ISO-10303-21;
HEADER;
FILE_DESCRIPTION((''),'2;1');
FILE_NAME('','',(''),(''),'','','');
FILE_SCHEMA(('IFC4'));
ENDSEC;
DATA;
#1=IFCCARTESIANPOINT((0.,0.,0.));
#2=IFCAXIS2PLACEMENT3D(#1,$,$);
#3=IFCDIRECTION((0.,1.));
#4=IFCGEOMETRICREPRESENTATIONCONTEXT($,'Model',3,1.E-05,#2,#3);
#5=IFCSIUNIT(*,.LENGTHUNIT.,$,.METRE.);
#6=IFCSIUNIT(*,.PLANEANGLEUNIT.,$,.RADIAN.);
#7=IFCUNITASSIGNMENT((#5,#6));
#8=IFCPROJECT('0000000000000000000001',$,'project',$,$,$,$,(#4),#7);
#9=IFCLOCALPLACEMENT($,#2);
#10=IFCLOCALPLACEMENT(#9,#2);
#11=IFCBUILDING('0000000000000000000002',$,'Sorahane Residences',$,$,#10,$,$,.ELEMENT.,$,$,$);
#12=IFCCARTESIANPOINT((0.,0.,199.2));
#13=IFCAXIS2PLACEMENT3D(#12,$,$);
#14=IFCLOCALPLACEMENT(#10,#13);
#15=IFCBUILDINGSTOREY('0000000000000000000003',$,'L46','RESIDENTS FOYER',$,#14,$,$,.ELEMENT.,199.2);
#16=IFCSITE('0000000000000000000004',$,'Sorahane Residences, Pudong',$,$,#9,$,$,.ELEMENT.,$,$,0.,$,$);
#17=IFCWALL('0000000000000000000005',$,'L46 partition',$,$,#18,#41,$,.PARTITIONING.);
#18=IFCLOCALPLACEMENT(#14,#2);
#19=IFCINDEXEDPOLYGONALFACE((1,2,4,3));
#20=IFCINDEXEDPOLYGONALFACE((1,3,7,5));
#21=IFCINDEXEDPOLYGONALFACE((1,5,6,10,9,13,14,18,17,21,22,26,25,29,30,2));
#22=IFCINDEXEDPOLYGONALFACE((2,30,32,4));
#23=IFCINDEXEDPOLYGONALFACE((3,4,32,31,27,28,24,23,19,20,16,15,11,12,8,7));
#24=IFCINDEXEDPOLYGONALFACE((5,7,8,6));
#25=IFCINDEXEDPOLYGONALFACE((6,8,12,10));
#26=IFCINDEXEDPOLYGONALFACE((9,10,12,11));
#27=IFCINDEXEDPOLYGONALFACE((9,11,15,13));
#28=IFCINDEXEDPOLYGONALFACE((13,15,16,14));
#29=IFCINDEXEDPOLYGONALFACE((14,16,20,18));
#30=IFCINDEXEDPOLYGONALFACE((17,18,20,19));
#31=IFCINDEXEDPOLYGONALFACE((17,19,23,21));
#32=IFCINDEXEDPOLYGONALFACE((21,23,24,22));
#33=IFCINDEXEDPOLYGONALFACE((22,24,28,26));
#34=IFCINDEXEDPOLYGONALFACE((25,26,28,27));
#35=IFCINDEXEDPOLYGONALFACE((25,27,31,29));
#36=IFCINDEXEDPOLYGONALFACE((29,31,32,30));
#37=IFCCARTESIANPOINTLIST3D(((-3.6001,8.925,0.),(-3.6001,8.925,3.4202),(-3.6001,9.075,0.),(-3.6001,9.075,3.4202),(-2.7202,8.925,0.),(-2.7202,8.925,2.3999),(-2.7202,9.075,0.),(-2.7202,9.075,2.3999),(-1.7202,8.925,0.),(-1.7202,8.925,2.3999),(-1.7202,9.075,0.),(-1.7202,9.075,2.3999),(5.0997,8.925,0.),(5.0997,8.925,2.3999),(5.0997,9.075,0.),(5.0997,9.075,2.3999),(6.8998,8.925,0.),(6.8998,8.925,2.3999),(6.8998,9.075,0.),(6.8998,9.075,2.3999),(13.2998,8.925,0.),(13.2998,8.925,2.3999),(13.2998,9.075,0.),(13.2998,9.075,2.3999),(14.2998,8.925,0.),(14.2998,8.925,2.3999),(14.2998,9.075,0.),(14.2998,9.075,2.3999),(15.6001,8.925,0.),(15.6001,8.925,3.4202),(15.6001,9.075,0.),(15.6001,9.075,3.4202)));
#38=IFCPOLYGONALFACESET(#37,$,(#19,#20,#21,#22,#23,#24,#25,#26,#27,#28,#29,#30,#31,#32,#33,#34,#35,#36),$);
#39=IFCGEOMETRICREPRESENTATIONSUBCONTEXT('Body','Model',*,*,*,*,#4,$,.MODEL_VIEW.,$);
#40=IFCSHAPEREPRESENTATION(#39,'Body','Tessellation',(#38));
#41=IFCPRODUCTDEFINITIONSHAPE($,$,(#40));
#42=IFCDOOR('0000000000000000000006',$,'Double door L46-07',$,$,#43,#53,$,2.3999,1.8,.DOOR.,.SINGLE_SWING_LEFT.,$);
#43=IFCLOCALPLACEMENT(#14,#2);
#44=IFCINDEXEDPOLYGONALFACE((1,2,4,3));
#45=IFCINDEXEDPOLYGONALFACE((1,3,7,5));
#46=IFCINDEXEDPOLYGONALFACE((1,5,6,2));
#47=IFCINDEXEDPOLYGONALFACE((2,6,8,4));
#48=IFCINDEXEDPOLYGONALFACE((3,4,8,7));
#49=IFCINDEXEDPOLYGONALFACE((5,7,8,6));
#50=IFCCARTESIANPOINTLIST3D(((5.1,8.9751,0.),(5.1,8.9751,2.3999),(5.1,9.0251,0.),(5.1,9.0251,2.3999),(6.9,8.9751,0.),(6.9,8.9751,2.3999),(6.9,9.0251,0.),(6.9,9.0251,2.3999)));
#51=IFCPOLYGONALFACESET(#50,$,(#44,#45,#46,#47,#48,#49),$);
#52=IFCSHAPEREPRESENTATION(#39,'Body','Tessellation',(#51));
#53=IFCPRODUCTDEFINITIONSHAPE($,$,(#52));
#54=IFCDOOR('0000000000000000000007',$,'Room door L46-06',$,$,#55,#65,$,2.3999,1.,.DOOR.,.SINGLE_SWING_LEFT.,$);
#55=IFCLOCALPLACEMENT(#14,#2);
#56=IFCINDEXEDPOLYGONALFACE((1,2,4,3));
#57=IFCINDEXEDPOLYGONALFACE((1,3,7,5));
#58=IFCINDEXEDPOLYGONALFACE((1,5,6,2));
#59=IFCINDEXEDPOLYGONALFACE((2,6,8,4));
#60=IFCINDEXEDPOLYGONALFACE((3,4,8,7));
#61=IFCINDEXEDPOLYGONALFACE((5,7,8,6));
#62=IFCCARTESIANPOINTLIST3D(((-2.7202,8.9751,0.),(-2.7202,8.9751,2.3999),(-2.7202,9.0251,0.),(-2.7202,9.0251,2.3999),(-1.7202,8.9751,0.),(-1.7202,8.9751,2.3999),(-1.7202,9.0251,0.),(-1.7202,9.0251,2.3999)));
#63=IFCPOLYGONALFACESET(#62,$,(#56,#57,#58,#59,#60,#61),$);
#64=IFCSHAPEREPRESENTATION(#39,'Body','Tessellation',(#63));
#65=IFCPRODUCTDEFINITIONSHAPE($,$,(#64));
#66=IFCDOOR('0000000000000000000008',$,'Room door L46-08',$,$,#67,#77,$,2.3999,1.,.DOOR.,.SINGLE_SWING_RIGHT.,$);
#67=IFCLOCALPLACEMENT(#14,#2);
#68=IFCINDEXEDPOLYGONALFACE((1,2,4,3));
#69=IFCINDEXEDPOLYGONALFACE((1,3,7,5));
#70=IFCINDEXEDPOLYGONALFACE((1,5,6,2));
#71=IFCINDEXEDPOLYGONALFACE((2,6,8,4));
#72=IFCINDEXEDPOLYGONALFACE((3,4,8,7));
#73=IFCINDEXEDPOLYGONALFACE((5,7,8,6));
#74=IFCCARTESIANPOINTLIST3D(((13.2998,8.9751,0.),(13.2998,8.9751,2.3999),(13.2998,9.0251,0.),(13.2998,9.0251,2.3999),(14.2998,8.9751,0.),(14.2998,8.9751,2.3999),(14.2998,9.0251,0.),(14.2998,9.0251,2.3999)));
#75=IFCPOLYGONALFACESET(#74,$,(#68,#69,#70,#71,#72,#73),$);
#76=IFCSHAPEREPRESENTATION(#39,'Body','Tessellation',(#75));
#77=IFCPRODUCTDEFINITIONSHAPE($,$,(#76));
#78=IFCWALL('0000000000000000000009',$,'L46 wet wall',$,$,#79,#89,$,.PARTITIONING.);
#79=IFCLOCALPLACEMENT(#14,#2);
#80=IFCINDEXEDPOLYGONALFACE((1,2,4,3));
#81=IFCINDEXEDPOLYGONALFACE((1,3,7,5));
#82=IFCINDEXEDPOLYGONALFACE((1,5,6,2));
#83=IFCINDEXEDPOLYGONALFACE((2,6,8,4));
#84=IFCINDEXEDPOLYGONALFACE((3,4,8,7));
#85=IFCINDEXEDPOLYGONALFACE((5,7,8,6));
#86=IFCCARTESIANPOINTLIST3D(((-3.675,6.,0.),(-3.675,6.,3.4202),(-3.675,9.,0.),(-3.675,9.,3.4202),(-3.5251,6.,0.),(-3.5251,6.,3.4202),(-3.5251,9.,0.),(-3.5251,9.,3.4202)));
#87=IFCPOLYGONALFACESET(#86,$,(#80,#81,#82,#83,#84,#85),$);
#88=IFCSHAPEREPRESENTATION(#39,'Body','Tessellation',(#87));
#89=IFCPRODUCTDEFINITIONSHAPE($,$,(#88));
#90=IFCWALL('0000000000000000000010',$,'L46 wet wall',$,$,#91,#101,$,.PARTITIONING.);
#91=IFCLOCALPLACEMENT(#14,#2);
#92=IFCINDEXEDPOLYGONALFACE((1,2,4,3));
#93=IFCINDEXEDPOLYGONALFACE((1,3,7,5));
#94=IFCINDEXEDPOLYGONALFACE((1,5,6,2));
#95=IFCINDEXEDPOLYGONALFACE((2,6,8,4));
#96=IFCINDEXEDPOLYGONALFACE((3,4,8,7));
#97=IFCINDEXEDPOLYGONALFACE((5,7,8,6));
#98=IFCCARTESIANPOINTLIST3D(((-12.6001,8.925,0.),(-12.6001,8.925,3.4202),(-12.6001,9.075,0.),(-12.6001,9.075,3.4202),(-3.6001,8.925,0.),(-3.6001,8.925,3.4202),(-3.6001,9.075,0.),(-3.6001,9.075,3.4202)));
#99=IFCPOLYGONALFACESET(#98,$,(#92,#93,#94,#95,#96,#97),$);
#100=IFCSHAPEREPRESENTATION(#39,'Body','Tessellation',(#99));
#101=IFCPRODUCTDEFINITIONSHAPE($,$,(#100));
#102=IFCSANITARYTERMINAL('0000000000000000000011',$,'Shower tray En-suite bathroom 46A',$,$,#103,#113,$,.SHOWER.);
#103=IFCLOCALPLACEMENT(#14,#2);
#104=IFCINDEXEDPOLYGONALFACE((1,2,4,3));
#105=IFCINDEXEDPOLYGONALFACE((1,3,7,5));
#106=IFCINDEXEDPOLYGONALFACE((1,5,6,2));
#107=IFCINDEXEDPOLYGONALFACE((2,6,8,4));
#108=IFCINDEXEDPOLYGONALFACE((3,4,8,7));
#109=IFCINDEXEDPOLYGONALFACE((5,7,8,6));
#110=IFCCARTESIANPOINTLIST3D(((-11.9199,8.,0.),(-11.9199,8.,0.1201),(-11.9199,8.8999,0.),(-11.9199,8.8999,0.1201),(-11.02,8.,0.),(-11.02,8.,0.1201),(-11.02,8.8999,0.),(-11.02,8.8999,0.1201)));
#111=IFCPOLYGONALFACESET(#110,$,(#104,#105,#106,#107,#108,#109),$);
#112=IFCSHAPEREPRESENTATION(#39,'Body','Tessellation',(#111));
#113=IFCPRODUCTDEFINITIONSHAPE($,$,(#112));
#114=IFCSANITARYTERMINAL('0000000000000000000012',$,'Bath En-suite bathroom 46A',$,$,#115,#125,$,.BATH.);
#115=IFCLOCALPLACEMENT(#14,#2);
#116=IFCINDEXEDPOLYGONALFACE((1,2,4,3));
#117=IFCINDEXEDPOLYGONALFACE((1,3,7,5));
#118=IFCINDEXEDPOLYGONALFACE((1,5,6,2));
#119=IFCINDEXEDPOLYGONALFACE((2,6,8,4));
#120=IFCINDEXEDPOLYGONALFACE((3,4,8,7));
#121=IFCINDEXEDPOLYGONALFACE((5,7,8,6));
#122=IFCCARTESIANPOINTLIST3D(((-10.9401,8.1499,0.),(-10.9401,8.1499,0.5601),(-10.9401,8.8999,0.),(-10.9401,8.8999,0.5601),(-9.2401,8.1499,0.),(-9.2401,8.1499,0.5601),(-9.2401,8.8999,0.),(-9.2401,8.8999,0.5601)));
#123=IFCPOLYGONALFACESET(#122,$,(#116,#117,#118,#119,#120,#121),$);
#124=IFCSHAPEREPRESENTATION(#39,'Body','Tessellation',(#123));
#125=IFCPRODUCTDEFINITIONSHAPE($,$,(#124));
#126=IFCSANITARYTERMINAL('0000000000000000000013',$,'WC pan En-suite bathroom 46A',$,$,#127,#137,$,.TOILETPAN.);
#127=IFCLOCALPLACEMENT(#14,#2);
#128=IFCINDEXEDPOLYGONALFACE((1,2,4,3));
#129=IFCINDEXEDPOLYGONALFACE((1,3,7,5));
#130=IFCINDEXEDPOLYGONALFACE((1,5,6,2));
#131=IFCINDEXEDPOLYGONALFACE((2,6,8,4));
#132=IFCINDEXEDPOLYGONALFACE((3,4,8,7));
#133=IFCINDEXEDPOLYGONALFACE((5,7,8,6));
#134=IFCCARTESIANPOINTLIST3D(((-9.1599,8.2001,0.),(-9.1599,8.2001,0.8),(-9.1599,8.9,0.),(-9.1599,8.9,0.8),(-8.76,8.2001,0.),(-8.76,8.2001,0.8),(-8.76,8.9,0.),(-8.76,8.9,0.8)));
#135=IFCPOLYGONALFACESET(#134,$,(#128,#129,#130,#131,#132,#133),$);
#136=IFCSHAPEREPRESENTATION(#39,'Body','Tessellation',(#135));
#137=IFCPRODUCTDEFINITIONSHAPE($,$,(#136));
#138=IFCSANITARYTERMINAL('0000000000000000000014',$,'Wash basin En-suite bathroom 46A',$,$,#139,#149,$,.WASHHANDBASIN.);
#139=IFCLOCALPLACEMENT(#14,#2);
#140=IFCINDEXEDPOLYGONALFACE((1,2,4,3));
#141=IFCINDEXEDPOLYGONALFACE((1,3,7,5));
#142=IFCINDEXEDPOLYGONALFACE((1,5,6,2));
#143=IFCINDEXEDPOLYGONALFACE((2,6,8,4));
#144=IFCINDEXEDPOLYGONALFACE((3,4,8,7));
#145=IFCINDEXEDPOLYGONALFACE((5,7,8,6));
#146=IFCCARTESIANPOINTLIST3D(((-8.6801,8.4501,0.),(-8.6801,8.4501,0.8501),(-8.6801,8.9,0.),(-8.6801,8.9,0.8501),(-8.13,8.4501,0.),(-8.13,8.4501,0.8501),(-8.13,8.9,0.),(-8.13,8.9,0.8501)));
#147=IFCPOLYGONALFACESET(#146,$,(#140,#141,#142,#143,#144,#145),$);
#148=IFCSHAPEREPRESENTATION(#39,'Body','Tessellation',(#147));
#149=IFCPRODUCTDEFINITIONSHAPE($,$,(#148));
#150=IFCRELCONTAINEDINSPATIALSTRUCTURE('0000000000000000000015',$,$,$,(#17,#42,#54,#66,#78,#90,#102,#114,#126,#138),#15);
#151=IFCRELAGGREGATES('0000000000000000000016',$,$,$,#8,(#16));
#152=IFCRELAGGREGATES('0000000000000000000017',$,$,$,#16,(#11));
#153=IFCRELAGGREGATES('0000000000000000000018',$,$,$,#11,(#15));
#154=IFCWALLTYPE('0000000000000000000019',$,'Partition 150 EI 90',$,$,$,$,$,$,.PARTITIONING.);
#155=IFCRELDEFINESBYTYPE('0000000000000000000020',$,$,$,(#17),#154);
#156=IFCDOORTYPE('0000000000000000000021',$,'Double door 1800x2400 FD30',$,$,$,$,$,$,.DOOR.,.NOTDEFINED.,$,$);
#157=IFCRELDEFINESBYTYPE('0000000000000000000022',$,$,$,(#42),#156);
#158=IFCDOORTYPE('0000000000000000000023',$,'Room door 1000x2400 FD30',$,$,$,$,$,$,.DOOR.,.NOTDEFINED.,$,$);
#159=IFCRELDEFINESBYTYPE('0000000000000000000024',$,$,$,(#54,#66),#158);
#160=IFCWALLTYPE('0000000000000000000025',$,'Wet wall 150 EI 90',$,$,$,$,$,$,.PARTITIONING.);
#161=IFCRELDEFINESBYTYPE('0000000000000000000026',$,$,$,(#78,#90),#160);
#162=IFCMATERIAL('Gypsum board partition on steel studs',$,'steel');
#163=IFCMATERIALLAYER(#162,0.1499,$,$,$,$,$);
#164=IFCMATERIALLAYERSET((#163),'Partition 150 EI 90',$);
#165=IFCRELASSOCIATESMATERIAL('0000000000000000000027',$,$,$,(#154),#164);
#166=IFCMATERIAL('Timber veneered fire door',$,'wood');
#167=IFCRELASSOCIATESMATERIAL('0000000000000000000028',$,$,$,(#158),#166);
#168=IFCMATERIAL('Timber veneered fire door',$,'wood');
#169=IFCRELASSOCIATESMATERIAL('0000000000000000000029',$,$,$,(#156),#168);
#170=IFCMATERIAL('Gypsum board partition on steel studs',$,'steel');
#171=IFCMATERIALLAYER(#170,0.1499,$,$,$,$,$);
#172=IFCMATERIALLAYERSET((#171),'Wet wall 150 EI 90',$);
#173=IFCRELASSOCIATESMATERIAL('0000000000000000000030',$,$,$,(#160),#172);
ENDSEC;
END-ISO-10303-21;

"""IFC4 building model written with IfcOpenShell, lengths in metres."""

from ifc_helpers import new_model, si_unit, direction, frame, frame_2d, origin, origin_2d, place, context, subcontext, project, spatial, rectangle, extrude, material, layer, layer_set, type_object, element, fill, save


model = new_model("IFC4")

# Units and contexts
model_context = context("Model", 3, precision=1e-05, world=origin(), true_north=direction((0.0, 1.0)))
body_context = subcontext(model_context, "Body", "Model", "MODEL_VIEW")
ifc_project = project(units=[si_unit("LENGTHUNIT", "METRE"), si_unit("PLANEANGLEUNIT", "RADIAN")], contexts=[model_context])

# Site, building, storey
site_placement = place(None, origin())
site = spatial("IfcSite", under=ifc_project, at=site_placement, Name="Sorahane Residences, Pudong", CompositionType="ELEMENT", RefElevation=0.0)
building_placement = place(site_placement, origin())
building = spatial("IfcBuilding", under=site, at=building_placement, Name="Sorahane Residences", CompositionType="ELEMENT")
storey_placement = place(building_placement, frame((0.0, 0.0, 199.2)))
storey = spatial("IfcBuildingStorey", under=building, at=storey_placement, Name="L46", Description="RESIDENTS FOYER", CompositionType="ELEMENT", Elevation=199.2)

# Shared definitions
ifc_material_1 = material(Name="Gypsum board partition on steel studs", Category="steel")
ifc_layer_1 = layer(ifc_material_1, 0.1499)
ifc_layer_set_1 = layer_set([ifc_layer_1], Name="Partition 150 EI 90")
wall_type_1 = type_object("IfcWallType", Name="Partition 150 EI 90", PredefinedType="PARTITIONING", material=ifc_layer_set_1)

# Wall, openings, doors
ifc_material_2 = material(Name="Timber veneered fire door", Category="wood")
door_type_1 = type_object("IfcDoorType", Name="Room door 1000x2400 FD30", OperationType="NOTDEFINED", PredefinedType="DOOR", material=ifc_material_2)
ifc_material_3 = material(Name="Timber veneered fire door", Category="wood")
door_type_2 = type_object("IfcDoorType", Name="Double door 1800x2400 FD30", OperationType="NOTDEFINED", PredefinedType="DOOR", material=ifc_material_3)
wall_1_placement = place(storey_placement, frame((-3.6001, 9.0, 0.0), z_axis=(0.0, 0.0, 1.0), x_axis=(1.0, 0.0, 0.0)))
wall_1 = element("IfcWall", 1, at=wall_1_placement, inside=storey, type_object=wall_type_1, Name="L46 partition", PredefinedType="PARTITIONING", context=body_context, shape_type="SweptSolid", body=[
    extrude(rectangle(XDim=19.2002, YDim=0.1499, at=frame_2d((9.6001, 0.0))), origin(), (0.0, 0.0, 1.0), 3.4202),
])
opening_1_placement = place(wall_1_placement, frame((0.8799, 0.0, 0.0)))
opening_1 = element("IfcOpeningElement", 2, at=opening_1_placement, cuts=wall_1, PredefinedType="OPENING", context=body_context, shape_type="SweptSolid", body=[
    extrude(rectangle(XDim=1.0, YDim=2.3999, at=frame_2d((0.5, 1.2))), frame((0.0, 0.085, 0.0), z_axis=(0.0, -1.0, 0.0), x_axis=(1.0, 0.0, 0.0)), (0.0, 0.0, 1.0), 0.1699),
])
opening_2_placement = place(wall_1_placement, frame((8.7, 0.0, 0.0)))
opening_2 = element("IfcOpeningElement", 3, at=opening_2_placement, cuts=wall_1, PredefinedType="OPENING", context=body_context, shape_type="SweptSolid", body=[
    extrude(rectangle(XDim=1.8, YDim=2.3999, at=frame_2d((0.8999, 1.2))), frame((0.0, 0.085, 0.0), z_axis=(0.0, -1.0, 0.0), x_axis=(1.0, 0.0, 0.0)), (0.0, 0.0, 1.0), 0.1699),
])
opening_3_placement = place(wall_1_placement, frame((16.8999, 0.0, 0.0)))
opening_3 = element("IfcOpeningElement", 4, at=opening_3_placement, cuts=wall_1, PredefinedType="OPENING", context=body_context, shape_type="SweptSolid", body=[
    extrude(rectangle(XDim=1.0, YDim=2.3999, at=frame_2d((0.5, 1.2))), frame((0.0, 0.085, 0.0), z_axis=(0.0, -1.0, 0.0), x_axis=(1.0, 0.0, 0.0)), (0.0, 0.0, 1.0), 0.1699),
])
door_1_placement = place(opening_2_placement, frame((1.8, 0.0, 0.0), z_axis=(0.0, 0.0, 1.0), x_axis=(-1.0, 0.0, 0.0)))
door_1 = element("IfcDoor", 5, at=door_1_placement, inside=storey, type_object=door_type_2, Name="Double door L46-07", OperationType="SINGLE_SWING_LEFT", OverallHeight=2.3999, OverallWidth=1.8, PredefinedType="DOOR", context=body_context, shape_type="SweptSolid", body=[
    extrude(rectangle(XDim=1.8, YDim=2.3999, at=frame_2d((0.8999, 1.2))), frame((0.0, 0.0249, 0.0), z_axis=(0.0, -1.0, 0.0), x_axis=(1.0, 0.0, 0.0)), (0.0, 0.0, 1.0), 0.05),
])
fill(opening_2, door_1)
door_2_placement = place(opening_1_placement, frame((1.0, 0.0, 0.0), z_axis=(0.0, 0.0, 1.0), x_axis=(-1.0, 0.0, 0.0)))
door_2 = element("IfcDoor", 6, at=door_2_placement, inside=storey, type_object=door_type_1, Name="Room door L46-06", OperationType="SINGLE_SWING_LEFT", OverallHeight=2.3999, OverallWidth=1.0, PredefinedType="DOOR", context=body_context, shape_type="SweptSolid", body=[
    extrude(rectangle(XDim=1.0, YDim=2.3999, at=frame_2d((0.5, 1.2))), frame((0.0, 0.0249, 0.0), z_axis=(0.0, -1.0, 0.0), x_axis=(1.0, 0.0, 0.0)), (0.0, 0.0, 1.0), 0.05),
])
fill(opening_1, door_2)
door_3_placement = place(opening_3_placement, frame((1.0, 0.0, 0.0), z_axis=(0.0, 0.0, 1.0), x_axis=(-1.0, 0.0, 0.0)))
door_3 = element("IfcDoor", 7, at=door_3_placement, inside=storey, type_object=door_type_1, Name="Room door L46-08", OperationType="SINGLE_SWING_RIGHT", OverallHeight=2.3999, OverallWidth=1.0, PredefinedType="DOOR", context=body_context, shape_type="SweptSolid", body=[
    extrude(rectangle(XDim=1.0, YDim=2.3999, at=frame_2d((0.5, 1.2))), frame((0.0, 0.0249, 0.0), z_axis=(0.0, -1.0, 0.0), x_axis=(1.0, 0.0, 0.0)), (0.0, 0.0, 1.0), 0.05),
])
fill(opening_3, door_3)

# Walls
ifc_material_4 = material(Name="Gypsum board partition on steel studs", Category="steel")
ifc_layer_2 = layer(ifc_material_4, 0.1499)
ifc_layer_set_2 = layer_set([ifc_layer_2], Name="Wet wall 150 EI 90")
wall_type_2 = type_object("IfcWallType", Name="Wet wall 150 EI 90", PredefinedType="PARTITIONING", material=ifc_layer_set_2)
wall_2_placement = place(storey_placement, frame((-3.6001, 6.0, 0.0), z_axis=(0.0, 0.0, 1.0), x_axis=(0.0, 1.0, 0.0)))
element("IfcWall", 8, at=wall_2_placement, inside=storey, type_object=wall_type_2, Name="L46 wet wall", PredefinedType="PARTITIONING", context=body_context, shape_type="SweptSolid", body=[
    extrude(rectangle(XDim=3.0, YDim=0.1499, at=frame_2d((1.5, 0.0))), origin(), (0.0, 0.0, 1.0), 3.4202),
])
wall_3_placement = place(storey_placement, frame((-12.6001, 9.0, 0.0), z_axis=(0.0, 0.0, 1.0), x_axis=(1.0, 0.0, 0.0)))
element("IfcWall", 9, at=wall_3_placement, inside=storey, type_object=wall_type_2, Name="L46 wet wall", PredefinedType="PARTITIONING", context=body_context, shape_type="SweptSolid", body=[
    extrude(rectangle(XDim=9.0, YDim=0.1499, at=frame_2d((4.5, 0.0))), origin(), (0.0, 0.0, 1.0), 3.4202),
])

# Sanitary terminals
sanitary_terminal_1_placement = place(storey_placement, frame((-11.47, 8.45, 0.0), z_axis=(0.0, 0.0, 1.0), x_axis=(1.0, 0.0, 0.0)))
element("IfcSanitaryTerminal", 10, at=sanitary_terminal_1_placement, inside=storey, Name="Shower tray En-suite bathroom 46A", PredefinedType="SHOWER", context=body_context, shape_type="SweptSolid", body=[
    extrude(rectangle(XDim=0.8999, YDim=0.8999, at=origin_2d()), origin(), (0.0, 0.0, 1.0), 0.1201),
])
sanitary_terminal_2_placement = place(storey_placement, frame((-10.0901, 8.5249, 0.0), z_axis=(0.0, 0.0, 1.0), x_axis=(1.0, 0.0, 0.0)))
element("IfcSanitaryTerminal", 11, at=sanitary_terminal_2_placement, inside=storey, Name="Bath En-suite bathroom 46A", PredefinedType="BATH", context=body_context, shape_type="SweptSolid", body=[
    extrude(rectangle(XDim=1.7, YDim=0.75, at=origin_2d()), origin(), (0.0, 0.0, 1.0), 0.5601),
])
sanitary_terminal_3_placement = place(storey_placement, frame((-8.96, 8.55, 0.0), z_axis=(0.0, 0.0, 1.0), x_axis=(1.0, 0.0, 0.0)))
element("IfcSanitaryTerminal", 12, at=sanitary_terminal_3_placement, inside=storey, Name="WC pan En-suite bathroom 46A", PredefinedType="TOILETPAN", context=body_context, shape_type="SweptSolid", body=[
    extrude(rectangle(XDim=0.3999, YDim=0.7, at=origin_2d()), origin(), (0.0, 0.0, 1.0), 0.8),
])
sanitary_terminal_4_placement = place(storey_placement, frame((-8.405, 8.675, 0.0), z_axis=(0.0, 0.0, 1.0), x_axis=(1.0, 0.0, 0.0)))
element("IfcSanitaryTerminal", 13, at=sanitary_terminal_4_placement, inside=storey, Name="Wash basin En-suite bathroom 46A", PredefinedType="WASHHANDBASIN", context=body_context, shape_type="SweptSolid", body=[
    extrude(rectangle(XDim=0.55, YDim=0.45, at=origin_2d()), origin(), (0.0, 0.0, 1.0), 0.8501),
])

save(model, "model.ifc")
